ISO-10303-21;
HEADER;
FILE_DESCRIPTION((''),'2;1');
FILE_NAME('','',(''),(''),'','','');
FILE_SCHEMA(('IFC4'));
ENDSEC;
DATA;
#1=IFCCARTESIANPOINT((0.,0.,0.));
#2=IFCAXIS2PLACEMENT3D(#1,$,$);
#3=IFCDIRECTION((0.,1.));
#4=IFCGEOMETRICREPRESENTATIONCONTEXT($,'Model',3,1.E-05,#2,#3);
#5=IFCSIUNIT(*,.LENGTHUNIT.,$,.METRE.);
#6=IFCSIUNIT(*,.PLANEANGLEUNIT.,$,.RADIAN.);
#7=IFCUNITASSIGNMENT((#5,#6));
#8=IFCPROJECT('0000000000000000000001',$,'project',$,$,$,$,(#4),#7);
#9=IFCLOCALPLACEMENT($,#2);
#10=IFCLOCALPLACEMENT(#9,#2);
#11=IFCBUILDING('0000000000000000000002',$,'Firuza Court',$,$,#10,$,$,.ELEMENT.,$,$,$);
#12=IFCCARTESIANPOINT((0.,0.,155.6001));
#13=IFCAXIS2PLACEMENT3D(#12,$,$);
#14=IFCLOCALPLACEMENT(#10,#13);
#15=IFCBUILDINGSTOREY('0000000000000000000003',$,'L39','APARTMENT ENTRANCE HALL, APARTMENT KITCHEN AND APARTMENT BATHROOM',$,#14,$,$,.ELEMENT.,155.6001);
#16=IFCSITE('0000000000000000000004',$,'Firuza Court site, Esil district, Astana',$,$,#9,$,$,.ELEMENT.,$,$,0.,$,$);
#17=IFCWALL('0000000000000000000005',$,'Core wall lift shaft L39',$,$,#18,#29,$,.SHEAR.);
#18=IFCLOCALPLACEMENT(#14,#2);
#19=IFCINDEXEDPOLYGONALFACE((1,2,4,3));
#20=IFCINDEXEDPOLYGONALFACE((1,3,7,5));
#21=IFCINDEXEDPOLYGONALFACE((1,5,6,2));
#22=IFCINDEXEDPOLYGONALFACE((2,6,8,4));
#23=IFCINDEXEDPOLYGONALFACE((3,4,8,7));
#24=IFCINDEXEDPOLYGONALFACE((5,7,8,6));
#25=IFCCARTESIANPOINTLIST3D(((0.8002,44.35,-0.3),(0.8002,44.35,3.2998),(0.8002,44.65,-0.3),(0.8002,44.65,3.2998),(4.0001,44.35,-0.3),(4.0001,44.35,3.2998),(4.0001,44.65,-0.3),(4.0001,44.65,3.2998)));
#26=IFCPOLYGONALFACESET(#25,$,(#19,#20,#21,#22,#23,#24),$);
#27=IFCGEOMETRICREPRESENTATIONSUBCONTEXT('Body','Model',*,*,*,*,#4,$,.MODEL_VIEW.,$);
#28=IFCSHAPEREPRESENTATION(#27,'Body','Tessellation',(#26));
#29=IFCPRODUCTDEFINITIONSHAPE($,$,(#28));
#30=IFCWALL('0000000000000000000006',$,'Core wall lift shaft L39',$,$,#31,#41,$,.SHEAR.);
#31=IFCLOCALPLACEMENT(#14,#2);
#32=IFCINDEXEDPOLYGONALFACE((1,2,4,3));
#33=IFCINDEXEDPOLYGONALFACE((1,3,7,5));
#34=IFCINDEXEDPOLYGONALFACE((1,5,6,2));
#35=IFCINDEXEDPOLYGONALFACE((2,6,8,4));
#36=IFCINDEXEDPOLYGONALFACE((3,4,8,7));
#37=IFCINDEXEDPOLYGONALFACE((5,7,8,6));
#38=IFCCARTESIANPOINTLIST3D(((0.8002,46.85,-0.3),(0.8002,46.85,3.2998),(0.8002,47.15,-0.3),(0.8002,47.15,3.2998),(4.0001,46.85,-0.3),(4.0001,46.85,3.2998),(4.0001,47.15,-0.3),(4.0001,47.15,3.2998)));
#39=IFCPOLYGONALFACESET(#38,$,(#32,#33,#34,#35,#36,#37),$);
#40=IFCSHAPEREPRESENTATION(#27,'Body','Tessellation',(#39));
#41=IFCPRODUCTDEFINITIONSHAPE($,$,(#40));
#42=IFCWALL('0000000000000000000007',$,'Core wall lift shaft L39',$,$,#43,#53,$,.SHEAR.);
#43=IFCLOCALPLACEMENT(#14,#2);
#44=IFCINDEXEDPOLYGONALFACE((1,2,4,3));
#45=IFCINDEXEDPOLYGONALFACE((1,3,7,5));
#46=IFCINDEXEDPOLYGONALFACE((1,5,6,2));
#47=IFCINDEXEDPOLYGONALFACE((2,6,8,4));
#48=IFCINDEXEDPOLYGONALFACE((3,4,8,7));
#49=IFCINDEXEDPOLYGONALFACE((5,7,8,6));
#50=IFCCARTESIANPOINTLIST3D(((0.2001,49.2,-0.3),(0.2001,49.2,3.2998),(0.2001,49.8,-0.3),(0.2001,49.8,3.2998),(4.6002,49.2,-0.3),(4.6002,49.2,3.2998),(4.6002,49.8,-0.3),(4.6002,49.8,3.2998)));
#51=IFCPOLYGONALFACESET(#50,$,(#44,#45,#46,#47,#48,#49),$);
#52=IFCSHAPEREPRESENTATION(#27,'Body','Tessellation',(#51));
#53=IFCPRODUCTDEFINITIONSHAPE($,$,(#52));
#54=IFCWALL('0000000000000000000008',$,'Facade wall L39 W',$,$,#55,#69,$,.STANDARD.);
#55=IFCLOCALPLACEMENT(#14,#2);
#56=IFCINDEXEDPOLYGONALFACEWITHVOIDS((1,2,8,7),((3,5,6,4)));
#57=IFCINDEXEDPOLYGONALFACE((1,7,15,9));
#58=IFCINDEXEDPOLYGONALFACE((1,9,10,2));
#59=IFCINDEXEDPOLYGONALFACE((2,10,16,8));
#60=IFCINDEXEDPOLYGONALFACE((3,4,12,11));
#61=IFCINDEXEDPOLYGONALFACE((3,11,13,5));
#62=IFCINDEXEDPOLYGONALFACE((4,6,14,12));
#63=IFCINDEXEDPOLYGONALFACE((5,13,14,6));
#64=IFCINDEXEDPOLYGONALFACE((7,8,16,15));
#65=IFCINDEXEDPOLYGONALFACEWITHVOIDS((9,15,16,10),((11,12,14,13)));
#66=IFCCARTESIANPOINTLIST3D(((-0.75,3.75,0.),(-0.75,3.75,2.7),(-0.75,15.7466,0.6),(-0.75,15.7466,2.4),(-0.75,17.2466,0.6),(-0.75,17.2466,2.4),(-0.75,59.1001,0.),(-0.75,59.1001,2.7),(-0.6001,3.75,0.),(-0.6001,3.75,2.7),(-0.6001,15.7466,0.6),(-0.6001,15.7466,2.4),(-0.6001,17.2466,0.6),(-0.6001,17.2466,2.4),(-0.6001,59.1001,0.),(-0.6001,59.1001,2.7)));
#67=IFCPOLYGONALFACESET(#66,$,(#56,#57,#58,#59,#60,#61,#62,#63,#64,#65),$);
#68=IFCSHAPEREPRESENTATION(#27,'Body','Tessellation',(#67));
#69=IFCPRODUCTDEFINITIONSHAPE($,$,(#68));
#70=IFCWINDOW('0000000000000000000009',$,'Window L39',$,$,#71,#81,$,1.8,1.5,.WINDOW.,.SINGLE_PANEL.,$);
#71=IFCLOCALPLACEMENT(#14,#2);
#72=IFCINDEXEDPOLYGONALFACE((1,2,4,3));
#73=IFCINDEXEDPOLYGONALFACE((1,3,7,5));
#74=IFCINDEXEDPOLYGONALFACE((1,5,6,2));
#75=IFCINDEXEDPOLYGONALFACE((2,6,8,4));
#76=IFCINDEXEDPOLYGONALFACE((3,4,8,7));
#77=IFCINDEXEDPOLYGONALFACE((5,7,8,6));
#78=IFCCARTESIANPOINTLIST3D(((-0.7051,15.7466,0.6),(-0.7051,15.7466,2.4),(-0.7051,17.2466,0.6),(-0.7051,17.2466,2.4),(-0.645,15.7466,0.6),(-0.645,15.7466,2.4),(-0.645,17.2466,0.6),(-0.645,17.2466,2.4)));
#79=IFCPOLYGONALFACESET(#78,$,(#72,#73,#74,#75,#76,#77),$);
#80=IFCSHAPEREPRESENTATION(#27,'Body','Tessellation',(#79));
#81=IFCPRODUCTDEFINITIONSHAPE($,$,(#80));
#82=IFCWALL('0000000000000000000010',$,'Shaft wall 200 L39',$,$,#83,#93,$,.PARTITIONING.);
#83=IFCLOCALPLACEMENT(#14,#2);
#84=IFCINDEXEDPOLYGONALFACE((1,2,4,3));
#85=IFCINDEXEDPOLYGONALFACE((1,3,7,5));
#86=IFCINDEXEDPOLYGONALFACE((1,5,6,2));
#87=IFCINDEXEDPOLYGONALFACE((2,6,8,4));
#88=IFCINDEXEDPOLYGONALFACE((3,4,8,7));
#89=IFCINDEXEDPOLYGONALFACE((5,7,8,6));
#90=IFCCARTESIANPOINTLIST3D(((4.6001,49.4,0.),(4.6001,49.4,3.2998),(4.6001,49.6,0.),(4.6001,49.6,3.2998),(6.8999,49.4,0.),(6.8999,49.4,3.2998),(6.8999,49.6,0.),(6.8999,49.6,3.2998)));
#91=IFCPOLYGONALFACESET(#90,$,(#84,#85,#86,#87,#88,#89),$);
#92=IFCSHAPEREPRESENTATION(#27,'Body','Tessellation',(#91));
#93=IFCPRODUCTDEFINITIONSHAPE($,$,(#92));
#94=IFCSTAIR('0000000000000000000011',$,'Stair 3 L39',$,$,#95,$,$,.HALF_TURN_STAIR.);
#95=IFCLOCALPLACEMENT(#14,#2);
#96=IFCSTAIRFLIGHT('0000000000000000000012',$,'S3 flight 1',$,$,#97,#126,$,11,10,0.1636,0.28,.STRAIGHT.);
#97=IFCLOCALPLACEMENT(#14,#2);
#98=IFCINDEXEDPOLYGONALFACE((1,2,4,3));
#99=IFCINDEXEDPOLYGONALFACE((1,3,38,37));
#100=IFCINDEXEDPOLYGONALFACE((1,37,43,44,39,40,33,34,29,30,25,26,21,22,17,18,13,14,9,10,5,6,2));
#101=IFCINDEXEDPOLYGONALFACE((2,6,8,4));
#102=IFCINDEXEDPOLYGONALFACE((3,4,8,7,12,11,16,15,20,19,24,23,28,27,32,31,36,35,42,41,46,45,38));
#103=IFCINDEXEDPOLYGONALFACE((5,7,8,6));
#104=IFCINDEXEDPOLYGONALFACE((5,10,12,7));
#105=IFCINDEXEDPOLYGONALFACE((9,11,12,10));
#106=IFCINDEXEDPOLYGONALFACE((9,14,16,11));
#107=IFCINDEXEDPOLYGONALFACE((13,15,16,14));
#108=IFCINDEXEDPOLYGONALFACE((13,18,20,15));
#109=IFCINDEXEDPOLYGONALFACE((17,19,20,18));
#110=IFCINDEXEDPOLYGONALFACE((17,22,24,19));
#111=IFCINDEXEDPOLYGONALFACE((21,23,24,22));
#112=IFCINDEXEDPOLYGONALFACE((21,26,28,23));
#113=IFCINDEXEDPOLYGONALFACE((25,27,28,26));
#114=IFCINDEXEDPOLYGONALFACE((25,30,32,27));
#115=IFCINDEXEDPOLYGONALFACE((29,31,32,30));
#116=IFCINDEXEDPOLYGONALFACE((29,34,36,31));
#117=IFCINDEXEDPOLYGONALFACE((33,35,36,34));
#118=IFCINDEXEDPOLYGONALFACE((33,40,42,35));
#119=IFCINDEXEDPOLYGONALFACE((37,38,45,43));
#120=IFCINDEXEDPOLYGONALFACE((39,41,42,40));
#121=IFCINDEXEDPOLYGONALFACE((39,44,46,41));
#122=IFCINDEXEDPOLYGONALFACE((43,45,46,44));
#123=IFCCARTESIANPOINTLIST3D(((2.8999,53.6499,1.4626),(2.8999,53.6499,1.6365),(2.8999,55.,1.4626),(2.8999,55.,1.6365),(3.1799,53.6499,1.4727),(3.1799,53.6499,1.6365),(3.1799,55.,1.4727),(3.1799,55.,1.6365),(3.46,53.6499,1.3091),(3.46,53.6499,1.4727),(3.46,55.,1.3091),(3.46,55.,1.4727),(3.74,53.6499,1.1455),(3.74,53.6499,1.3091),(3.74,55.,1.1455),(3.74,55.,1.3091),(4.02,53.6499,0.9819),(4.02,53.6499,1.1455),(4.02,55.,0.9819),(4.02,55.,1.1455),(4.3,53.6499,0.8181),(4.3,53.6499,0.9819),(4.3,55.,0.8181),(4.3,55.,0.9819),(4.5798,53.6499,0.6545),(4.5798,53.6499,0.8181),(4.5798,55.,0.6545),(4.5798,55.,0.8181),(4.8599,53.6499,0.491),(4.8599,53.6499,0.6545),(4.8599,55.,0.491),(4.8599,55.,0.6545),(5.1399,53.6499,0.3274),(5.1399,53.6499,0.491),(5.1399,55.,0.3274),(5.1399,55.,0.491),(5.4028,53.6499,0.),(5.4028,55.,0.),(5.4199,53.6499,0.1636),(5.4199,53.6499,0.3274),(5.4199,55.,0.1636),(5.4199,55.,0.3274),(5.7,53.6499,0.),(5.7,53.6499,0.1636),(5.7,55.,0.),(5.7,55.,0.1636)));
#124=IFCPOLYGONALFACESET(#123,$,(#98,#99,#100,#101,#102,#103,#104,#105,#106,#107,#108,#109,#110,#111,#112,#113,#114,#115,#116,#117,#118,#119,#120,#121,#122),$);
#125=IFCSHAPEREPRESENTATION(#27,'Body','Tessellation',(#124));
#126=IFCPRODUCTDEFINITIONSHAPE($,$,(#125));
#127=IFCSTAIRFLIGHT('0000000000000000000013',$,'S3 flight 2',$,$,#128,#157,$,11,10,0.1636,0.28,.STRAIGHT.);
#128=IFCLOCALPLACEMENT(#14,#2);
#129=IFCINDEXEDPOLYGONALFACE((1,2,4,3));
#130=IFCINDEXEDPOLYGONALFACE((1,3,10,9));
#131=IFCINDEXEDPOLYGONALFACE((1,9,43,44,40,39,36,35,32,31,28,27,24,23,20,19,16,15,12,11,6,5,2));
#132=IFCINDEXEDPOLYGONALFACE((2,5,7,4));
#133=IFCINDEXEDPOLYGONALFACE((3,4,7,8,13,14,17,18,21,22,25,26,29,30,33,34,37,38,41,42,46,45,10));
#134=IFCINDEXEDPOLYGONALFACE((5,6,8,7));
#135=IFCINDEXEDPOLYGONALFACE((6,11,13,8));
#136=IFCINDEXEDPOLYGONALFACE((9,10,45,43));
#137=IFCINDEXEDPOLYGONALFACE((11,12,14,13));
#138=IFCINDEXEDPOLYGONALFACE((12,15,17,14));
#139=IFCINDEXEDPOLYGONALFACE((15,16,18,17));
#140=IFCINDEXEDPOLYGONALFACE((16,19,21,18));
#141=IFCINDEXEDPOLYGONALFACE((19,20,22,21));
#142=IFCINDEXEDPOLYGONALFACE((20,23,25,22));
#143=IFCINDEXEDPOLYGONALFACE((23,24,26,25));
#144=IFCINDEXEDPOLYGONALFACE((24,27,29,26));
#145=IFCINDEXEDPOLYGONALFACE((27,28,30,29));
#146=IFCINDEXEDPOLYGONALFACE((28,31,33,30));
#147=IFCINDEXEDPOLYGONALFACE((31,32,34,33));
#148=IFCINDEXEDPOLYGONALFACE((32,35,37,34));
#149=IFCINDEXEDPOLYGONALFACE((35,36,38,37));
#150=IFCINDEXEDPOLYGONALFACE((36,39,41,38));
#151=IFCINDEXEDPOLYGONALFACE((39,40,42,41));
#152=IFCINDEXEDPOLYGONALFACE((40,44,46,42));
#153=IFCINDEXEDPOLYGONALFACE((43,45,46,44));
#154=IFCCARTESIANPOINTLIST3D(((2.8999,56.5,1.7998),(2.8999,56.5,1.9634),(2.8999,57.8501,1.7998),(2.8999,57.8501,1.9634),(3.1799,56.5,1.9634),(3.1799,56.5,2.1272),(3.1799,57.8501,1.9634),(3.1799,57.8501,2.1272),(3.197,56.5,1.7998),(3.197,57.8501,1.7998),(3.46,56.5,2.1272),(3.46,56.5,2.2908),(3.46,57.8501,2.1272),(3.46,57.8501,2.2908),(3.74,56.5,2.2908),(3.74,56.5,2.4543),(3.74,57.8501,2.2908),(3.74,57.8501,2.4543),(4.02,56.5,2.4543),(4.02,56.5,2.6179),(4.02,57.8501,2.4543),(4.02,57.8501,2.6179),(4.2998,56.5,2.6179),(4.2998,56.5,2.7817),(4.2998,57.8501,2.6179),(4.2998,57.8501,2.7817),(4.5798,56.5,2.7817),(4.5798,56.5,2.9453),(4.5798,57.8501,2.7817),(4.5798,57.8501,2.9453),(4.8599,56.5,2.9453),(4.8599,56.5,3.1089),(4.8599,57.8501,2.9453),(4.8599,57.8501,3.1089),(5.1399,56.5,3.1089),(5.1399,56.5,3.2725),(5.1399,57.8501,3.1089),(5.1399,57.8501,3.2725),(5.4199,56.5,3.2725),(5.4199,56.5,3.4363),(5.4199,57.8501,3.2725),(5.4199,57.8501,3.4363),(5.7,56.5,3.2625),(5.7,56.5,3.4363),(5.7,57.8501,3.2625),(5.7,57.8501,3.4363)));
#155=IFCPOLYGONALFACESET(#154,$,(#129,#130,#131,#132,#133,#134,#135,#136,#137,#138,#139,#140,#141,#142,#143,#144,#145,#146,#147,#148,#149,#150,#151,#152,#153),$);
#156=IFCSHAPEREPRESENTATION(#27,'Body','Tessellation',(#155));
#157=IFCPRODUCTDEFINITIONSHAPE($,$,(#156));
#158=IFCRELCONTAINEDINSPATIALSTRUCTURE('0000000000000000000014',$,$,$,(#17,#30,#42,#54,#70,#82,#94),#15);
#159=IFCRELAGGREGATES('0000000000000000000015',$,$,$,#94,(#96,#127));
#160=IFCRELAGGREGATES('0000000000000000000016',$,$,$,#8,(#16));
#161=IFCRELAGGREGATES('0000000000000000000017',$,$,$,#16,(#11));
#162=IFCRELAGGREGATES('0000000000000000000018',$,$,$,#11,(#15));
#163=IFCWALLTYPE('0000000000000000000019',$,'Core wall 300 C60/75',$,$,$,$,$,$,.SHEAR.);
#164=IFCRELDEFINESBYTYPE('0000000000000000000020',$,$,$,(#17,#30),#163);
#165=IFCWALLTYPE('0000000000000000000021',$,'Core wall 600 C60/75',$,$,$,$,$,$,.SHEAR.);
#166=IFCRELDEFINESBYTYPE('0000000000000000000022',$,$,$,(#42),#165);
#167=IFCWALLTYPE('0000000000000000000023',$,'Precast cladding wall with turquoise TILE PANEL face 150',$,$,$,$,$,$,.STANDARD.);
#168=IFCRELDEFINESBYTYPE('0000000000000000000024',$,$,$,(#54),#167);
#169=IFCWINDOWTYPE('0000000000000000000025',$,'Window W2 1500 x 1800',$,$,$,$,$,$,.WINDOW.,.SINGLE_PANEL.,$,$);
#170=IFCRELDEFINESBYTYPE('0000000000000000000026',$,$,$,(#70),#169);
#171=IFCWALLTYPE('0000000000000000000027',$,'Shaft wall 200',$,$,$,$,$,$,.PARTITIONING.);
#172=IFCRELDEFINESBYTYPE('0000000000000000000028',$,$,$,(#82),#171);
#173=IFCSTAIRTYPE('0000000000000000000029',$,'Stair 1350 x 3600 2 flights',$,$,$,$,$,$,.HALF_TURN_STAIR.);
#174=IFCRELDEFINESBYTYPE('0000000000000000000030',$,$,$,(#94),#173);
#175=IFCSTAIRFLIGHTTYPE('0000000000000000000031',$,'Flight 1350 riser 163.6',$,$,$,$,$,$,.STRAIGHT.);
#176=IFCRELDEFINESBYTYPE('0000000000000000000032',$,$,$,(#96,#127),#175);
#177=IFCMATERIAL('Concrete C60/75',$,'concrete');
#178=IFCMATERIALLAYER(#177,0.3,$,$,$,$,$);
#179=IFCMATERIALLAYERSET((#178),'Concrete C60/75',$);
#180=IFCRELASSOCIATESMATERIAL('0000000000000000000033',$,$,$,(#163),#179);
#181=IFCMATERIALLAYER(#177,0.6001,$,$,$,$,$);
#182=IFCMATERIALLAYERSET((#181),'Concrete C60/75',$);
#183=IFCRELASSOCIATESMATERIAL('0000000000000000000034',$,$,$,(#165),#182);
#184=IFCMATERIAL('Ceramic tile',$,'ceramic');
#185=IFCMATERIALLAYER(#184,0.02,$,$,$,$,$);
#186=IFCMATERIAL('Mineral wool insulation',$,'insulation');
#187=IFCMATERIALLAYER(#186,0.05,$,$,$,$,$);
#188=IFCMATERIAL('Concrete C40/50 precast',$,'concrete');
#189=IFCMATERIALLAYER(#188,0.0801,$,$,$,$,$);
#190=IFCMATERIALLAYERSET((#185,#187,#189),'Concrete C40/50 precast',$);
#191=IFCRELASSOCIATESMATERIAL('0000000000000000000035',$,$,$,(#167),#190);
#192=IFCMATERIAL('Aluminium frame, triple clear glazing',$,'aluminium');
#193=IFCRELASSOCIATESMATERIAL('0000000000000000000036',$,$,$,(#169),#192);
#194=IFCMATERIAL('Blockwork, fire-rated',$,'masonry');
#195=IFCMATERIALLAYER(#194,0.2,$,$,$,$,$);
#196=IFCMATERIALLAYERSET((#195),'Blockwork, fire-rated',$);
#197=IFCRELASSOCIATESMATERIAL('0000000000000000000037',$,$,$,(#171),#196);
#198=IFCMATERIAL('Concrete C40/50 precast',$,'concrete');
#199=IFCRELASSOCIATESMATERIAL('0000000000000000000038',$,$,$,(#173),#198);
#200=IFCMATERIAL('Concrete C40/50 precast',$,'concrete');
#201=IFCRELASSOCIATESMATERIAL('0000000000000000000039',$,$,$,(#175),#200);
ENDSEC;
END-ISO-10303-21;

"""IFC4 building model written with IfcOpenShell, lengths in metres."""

from ifc_helpers import new_model, si_unit, direction, frame, frame_2d, origin, place, context, subcontext, project, spatial, polyline, rectangle, outline, extrude, material, layer, layer_set, type_object, element, fill, aggregate, save


model = new_model("IFC4")

# Units and contexts
model_context = context("Model", 3, precision=1e-05, world=origin(), true_north=direction((0.0, 1.0)))
body_context = subcontext(model_context, "Body", "Model", "MODEL_VIEW")
ifc_project = project(units=[si_unit("LENGTHUNIT", "METRE"), si_unit("PLANEANGLEUNIT", "RADIAN")], contexts=[model_context])

# Site, building, storey
site_placement = place(None, origin())
site = spatial("IfcSite", under=ifc_project, at=site_placement, Name="Firuza Court site, Esil district, Astana", CompositionType="ELEMENT", RefElevation=0.0)
building_placement = place(site_placement, origin())
building = spatial("IfcBuilding", under=site, at=building_placement, Name="Firuza Court", CompositionType="ELEMENT")
storey_placement = place(building_placement, frame((0.0, 0.0, 155.6001)))
storey = spatial("IfcBuildingStorey", under=building, at=storey_placement, Name="L39", Description="APARTMENT ENTRANCE HALL, APARTMENT KITCHEN AND APARTMENT BATHROOM", CompositionType="ELEMENT", Elevation=155.6001)

# Shared definitions
ifc_material_1 = material(Name="Concrete C60/75", Category="concrete")
ifc_layer_1 = layer(ifc_material_1, 0.3)
ifc_layer_set_1 = layer_set([ifc_layer_1], Name="Concrete C60/75")
wall_type_1 = type_object("IfcWallType", Name="Core wall 300 C60/75", PredefinedType="SHEAR", material=ifc_layer_set_1)

# Walls
for number, where, z_axis, x_axis, name in (
    (1, (0.8, 44.5, -0.3), (0.0, 0.0, 1.0), (1.0, 0.0, 0.0), "Core wall lift shaft L39"),
    (2, (0.8, 47.0, -0.3), (0.0, 0.0, 1.0), (1.0, 0.0, 0.0), "Core wall lift shaft L39"),
):
    element("IfcWall", number, at=place(storey_placement, frame(where, z_axis=z_axis, x_axis=x_axis)), inside=storey, type_object=wall_type_1, Name=name, PredefinedType="SHEAR", context=body_context, shape_type="SweptSolid", body=[
        extrude(rectangle(XDim=3.2, YDim=0.3, at=frame_2d((1.6001, 0.0))), origin(), (0.0, 0.0, 1.0), 3.5999),
    ])
ifc_layer_2 = layer(ifc_material_1, 0.6001)
ifc_layer_set_2 = layer_set([ifc_layer_2], Name="Concrete C60/75")
wall_type_2 = type_object("IfcWallType", Name="Core wall 600 C60/75", PredefinedType="SHEAR", material=ifc_layer_set_2)
wall_1_placement = place(storey_placement, frame((0.2, 49.5, -0.3), z_axis=(0.0, 0.0, 1.0), x_axis=(1.0, 0.0, 0.0)))
element("IfcWall", 3, at=wall_1_placement, inside=storey, type_object=wall_type_2, Name="Core wall lift shaft L39", PredefinedType="SHEAR", context=body_context, shape_type="SweptSolid", body=[
    extrude(rectangle(XDim=4.4001, YDim=0.6001, at=frame_2d((2.2002, 0.0))), origin(), (0.0, 0.0, 1.0), 3.5999),
])

# Wall, opening, window
ifc_material_2 = material(Name="Ceramic tile", Category="ceramic")
ifc_layer_3 = layer(ifc_material_2, 0.02)
ifc_material_3 = material(Name="Mineral wool insulation", Category="insulation")
ifc_layer_4 = layer(ifc_material_3, 0.05)
ifc_material_4 = material(Name="Concrete C40/50 precast", Category="concrete")
ifc_layer_5 = layer(ifc_material_4, 0.0801)
ifc_layer_set_3 = layer_set([ifc_layer_3, ifc_layer_4, ifc_layer_5], Name="Concrete C40/50 precast")
wall_type_3 = type_object("IfcWallType", Name="Precast cladding wall with turquoise TILE PANEL face 150", PredefinedType="STANDARD", material=ifc_layer_set_3)
wall_2_placement = place(storey_placement, frame((-0.675, 59.1001, 0.0), z_axis=(0.0, 0.0, 1.0), x_axis=(0.0, -1.0, 0.0)))
wall_2 = element("IfcWall", 4, at=wall_2_placement, inside=storey, type_object=wall_type_3, Name="Facade wall L39 W", PredefinedType="STANDARD", context=body_context, shape_type="SweptSolid", body=[
    extrude(rectangle(XDim=55.3501, YDim=0.1499, at=frame_2d((27.675, 0.0))), origin(), (0.0, 0.0, 1.0), 2.7),
])
opening_1_placement = place(wall_2_placement, frame((41.8535, 0.0, 0.6001)))
opening_1 = element("IfcOpeningElement", 5, at=opening_1_placement, cuts=wall_2, PredefinedType="OPENING", context=body_context, shape_type="SweptSolid", body=[
    extrude(rectangle(XDim=1.5, YDim=1.8, at=frame_2d((0.75, 0.8999))), frame((0.0, 0.0869, 0.0), z_axis=(0.0, -1.0, 0.0), x_axis=(1.0, 0.0, 0.0)), (0.0, 0.0, 1.0), 0.1738),
])
ifc_material_5 = material(Name="Aluminium frame, triple clear glazing", Category="aluminium")
window_type = type_object("IfcWindowType", Name="Window W2 1500 x 1800", PartitioningType="SINGLE_PANEL", PredefinedType="WINDOW", material=ifc_material_5)
window_placement = place(opening_1_placement, origin())
window = element("IfcWindow", 6, at=window_placement, inside=storey, type_object=window_type, Name="Window L39", OverallHeight=1.8, OverallWidth=1.5, PartitioningType="SINGLE_PANEL", PredefinedType="WINDOW", context=body_context, shape_type="SweptSolid", body=[
    extrude(rectangle(XDim=1.5, YDim=1.8, at=frame_2d((0.75, 0.8999))), frame((0.0, 0.03, 0.0), z_axis=(0.0, -1.0, 0.0), x_axis=(1.0, 0.0, 0.0)), (0.0, 0.0, 1.0), 0.0601),
])
fill(opening_1, window)

# Wall
ifc_material_6 = material(Name="Blockwork, fire-rated", Category="masonry")
ifc_layer_6 = layer(ifc_material_6, 0.2)
ifc_layer_set_4 = layer_set([ifc_layer_6], Name="Blockwork, fire-rated")
wall_type_4 = type_object("IfcWallType", Name="Shaft wall 200", PredefinedType="PARTITIONING", material=ifc_layer_set_4)
wall_3_placement = place(storey_placement, frame((4.6001, 49.5, 0.0), z_axis=(0.0, 0.0, 1.0), x_axis=(1.0, 0.0, 0.0)))
element("IfcWall", 7, at=wall_3_placement, inside=storey, type_object=wall_type_4, Name="Shaft wall 200 L39", PredefinedType="PARTITIONING", context=body_context, shape_type="SweptSolid", body=[
    extrude(rectangle(XDim=2.2998, YDim=0.2, at=frame_2d((1.1499, 0.0))), origin(), (0.0, 0.0, 1.0), 3.2998),
])

# Stair, stair flights
ifc_material_7 = material(Name="Concrete C40/50 precast", Category="concrete")
stair_type = type_object("IfcStairType", Name="Stair 1350 x 3600 2 flights", PredefinedType="HALF_TURN_STAIR", material=ifc_material_7)
stair_placement = place(storey_placement, origin())
stair = element("IfcStair", 8, at=stair_placement, inside=storey, type_object=stair_type, Name="Stair 3 L39", PredefinedType="HALF_TURN_STAIR")
ifc_material_8 = material(Name="Concrete C40/50 precast", Category="concrete")
stair_flight_type = type_object("IfcStairFlightType", Name="Flight 1350 riser 163.6", PredefinedType="STRAIGHT", material=ifc_material_8)
stair_flight_1_placement = place(storey_placement, frame((5.7, 54.325, 0.0), z_axis=(0.0, 0.0, 1.0), x_axis=(-1.0, 0.0, 0.0)))
stair_flight_1 = element("IfcStairFlight", 9, at=stair_flight_1_placement, type_object=stair_flight_type, Name="S3 flight 1", NumberOfRisers=11, NumberOfTreads=10, PredefinedType="STRAIGHT", RiserHeight=0.1636, TreadLength=0.28, context=body_context, shape_type="SweptSolid", body=[
    extrude(outline(polyline([(0.0, 0.0), (0.0, 0.1636), (0.28, 0.1636), (0.28, 0.3274), (0.5601, 0.3274), (0.5601, 0.491), (0.8401, 0.491), (0.8401, 0.6545), (1.1201, 0.6545), (1.1201, 0.8181), (1.3999, 0.8181), (1.3999, 0.9819), (1.6799, 0.9819), (1.6799, 1.1455), (1.96, 1.1455), (1.96, 1.3091), (2.24, 1.3091), (2.24, 1.4727), (2.52, 1.4727), (2.52, 1.6365), (2.8, 1.6365), (2.8, 1.8), (2.8, 1.4626), (0.2971, 0.0), (0.0, 0.0)])), frame((0.0, 0.675, 0.0), z_axis=(0.0, -1.0, 0.0), x_axis=(1.0, 0.0, 0.0)), (0.0, 0.0, 1.0), 1.3501),
])
stair_flight_2_placement = place(storey_placement, frame((2.8999, 57.175, 1.7998), z_axis=(0.0, 0.0, 1.0), x_axis=(1.0, 0.0, 0.0)))
stair_flight_2 = element("IfcStairFlight", 10, at=stair_flight_2_placement, type_object=stair_flight_type, Name="S3 flight 2", NumberOfRisers=11, NumberOfTreads=10, PredefinedType="STRAIGHT", RiserHeight=0.1636, TreadLength=0.28, context=body_context, shape_type="SweptSolid", body=[
    extrude(outline(polyline([(0.0, 0.0), (0.0, 0.1636), (0.28, 0.1636), (0.28, 0.3274), (0.5601, 0.3274), (0.5601, 0.491), (0.8401, 0.491), (0.8401, 0.6545), (1.1201, 0.6545), (1.1201, 0.8181), (1.3999, 0.8181), (1.3999, 0.9819), (1.6799, 0.9819), (1.6799, 1.1455), (1.96, 1.1455), (1.96, 1.3091), (2.24, 1.3091), (2.24, 1.4727), (2.52, 1.4727), (2.52, 1.6365), (2.8, 1.6365), (2.8, 1.8), (2.8, 1.4626), (0.2971, 0.0), (0.0, 0.0)])), frame((0.0, 0.675, 0.0), z_axis=(0.0, -1.0, 0.0), x_axis=(1.0, 0.0, 0.0)), (0.0, 0.0, 1.0), 1.3501),
])
aggregate(stair, [stair_flight_1, stair_flight_2])

save(model, "model.ifc")
